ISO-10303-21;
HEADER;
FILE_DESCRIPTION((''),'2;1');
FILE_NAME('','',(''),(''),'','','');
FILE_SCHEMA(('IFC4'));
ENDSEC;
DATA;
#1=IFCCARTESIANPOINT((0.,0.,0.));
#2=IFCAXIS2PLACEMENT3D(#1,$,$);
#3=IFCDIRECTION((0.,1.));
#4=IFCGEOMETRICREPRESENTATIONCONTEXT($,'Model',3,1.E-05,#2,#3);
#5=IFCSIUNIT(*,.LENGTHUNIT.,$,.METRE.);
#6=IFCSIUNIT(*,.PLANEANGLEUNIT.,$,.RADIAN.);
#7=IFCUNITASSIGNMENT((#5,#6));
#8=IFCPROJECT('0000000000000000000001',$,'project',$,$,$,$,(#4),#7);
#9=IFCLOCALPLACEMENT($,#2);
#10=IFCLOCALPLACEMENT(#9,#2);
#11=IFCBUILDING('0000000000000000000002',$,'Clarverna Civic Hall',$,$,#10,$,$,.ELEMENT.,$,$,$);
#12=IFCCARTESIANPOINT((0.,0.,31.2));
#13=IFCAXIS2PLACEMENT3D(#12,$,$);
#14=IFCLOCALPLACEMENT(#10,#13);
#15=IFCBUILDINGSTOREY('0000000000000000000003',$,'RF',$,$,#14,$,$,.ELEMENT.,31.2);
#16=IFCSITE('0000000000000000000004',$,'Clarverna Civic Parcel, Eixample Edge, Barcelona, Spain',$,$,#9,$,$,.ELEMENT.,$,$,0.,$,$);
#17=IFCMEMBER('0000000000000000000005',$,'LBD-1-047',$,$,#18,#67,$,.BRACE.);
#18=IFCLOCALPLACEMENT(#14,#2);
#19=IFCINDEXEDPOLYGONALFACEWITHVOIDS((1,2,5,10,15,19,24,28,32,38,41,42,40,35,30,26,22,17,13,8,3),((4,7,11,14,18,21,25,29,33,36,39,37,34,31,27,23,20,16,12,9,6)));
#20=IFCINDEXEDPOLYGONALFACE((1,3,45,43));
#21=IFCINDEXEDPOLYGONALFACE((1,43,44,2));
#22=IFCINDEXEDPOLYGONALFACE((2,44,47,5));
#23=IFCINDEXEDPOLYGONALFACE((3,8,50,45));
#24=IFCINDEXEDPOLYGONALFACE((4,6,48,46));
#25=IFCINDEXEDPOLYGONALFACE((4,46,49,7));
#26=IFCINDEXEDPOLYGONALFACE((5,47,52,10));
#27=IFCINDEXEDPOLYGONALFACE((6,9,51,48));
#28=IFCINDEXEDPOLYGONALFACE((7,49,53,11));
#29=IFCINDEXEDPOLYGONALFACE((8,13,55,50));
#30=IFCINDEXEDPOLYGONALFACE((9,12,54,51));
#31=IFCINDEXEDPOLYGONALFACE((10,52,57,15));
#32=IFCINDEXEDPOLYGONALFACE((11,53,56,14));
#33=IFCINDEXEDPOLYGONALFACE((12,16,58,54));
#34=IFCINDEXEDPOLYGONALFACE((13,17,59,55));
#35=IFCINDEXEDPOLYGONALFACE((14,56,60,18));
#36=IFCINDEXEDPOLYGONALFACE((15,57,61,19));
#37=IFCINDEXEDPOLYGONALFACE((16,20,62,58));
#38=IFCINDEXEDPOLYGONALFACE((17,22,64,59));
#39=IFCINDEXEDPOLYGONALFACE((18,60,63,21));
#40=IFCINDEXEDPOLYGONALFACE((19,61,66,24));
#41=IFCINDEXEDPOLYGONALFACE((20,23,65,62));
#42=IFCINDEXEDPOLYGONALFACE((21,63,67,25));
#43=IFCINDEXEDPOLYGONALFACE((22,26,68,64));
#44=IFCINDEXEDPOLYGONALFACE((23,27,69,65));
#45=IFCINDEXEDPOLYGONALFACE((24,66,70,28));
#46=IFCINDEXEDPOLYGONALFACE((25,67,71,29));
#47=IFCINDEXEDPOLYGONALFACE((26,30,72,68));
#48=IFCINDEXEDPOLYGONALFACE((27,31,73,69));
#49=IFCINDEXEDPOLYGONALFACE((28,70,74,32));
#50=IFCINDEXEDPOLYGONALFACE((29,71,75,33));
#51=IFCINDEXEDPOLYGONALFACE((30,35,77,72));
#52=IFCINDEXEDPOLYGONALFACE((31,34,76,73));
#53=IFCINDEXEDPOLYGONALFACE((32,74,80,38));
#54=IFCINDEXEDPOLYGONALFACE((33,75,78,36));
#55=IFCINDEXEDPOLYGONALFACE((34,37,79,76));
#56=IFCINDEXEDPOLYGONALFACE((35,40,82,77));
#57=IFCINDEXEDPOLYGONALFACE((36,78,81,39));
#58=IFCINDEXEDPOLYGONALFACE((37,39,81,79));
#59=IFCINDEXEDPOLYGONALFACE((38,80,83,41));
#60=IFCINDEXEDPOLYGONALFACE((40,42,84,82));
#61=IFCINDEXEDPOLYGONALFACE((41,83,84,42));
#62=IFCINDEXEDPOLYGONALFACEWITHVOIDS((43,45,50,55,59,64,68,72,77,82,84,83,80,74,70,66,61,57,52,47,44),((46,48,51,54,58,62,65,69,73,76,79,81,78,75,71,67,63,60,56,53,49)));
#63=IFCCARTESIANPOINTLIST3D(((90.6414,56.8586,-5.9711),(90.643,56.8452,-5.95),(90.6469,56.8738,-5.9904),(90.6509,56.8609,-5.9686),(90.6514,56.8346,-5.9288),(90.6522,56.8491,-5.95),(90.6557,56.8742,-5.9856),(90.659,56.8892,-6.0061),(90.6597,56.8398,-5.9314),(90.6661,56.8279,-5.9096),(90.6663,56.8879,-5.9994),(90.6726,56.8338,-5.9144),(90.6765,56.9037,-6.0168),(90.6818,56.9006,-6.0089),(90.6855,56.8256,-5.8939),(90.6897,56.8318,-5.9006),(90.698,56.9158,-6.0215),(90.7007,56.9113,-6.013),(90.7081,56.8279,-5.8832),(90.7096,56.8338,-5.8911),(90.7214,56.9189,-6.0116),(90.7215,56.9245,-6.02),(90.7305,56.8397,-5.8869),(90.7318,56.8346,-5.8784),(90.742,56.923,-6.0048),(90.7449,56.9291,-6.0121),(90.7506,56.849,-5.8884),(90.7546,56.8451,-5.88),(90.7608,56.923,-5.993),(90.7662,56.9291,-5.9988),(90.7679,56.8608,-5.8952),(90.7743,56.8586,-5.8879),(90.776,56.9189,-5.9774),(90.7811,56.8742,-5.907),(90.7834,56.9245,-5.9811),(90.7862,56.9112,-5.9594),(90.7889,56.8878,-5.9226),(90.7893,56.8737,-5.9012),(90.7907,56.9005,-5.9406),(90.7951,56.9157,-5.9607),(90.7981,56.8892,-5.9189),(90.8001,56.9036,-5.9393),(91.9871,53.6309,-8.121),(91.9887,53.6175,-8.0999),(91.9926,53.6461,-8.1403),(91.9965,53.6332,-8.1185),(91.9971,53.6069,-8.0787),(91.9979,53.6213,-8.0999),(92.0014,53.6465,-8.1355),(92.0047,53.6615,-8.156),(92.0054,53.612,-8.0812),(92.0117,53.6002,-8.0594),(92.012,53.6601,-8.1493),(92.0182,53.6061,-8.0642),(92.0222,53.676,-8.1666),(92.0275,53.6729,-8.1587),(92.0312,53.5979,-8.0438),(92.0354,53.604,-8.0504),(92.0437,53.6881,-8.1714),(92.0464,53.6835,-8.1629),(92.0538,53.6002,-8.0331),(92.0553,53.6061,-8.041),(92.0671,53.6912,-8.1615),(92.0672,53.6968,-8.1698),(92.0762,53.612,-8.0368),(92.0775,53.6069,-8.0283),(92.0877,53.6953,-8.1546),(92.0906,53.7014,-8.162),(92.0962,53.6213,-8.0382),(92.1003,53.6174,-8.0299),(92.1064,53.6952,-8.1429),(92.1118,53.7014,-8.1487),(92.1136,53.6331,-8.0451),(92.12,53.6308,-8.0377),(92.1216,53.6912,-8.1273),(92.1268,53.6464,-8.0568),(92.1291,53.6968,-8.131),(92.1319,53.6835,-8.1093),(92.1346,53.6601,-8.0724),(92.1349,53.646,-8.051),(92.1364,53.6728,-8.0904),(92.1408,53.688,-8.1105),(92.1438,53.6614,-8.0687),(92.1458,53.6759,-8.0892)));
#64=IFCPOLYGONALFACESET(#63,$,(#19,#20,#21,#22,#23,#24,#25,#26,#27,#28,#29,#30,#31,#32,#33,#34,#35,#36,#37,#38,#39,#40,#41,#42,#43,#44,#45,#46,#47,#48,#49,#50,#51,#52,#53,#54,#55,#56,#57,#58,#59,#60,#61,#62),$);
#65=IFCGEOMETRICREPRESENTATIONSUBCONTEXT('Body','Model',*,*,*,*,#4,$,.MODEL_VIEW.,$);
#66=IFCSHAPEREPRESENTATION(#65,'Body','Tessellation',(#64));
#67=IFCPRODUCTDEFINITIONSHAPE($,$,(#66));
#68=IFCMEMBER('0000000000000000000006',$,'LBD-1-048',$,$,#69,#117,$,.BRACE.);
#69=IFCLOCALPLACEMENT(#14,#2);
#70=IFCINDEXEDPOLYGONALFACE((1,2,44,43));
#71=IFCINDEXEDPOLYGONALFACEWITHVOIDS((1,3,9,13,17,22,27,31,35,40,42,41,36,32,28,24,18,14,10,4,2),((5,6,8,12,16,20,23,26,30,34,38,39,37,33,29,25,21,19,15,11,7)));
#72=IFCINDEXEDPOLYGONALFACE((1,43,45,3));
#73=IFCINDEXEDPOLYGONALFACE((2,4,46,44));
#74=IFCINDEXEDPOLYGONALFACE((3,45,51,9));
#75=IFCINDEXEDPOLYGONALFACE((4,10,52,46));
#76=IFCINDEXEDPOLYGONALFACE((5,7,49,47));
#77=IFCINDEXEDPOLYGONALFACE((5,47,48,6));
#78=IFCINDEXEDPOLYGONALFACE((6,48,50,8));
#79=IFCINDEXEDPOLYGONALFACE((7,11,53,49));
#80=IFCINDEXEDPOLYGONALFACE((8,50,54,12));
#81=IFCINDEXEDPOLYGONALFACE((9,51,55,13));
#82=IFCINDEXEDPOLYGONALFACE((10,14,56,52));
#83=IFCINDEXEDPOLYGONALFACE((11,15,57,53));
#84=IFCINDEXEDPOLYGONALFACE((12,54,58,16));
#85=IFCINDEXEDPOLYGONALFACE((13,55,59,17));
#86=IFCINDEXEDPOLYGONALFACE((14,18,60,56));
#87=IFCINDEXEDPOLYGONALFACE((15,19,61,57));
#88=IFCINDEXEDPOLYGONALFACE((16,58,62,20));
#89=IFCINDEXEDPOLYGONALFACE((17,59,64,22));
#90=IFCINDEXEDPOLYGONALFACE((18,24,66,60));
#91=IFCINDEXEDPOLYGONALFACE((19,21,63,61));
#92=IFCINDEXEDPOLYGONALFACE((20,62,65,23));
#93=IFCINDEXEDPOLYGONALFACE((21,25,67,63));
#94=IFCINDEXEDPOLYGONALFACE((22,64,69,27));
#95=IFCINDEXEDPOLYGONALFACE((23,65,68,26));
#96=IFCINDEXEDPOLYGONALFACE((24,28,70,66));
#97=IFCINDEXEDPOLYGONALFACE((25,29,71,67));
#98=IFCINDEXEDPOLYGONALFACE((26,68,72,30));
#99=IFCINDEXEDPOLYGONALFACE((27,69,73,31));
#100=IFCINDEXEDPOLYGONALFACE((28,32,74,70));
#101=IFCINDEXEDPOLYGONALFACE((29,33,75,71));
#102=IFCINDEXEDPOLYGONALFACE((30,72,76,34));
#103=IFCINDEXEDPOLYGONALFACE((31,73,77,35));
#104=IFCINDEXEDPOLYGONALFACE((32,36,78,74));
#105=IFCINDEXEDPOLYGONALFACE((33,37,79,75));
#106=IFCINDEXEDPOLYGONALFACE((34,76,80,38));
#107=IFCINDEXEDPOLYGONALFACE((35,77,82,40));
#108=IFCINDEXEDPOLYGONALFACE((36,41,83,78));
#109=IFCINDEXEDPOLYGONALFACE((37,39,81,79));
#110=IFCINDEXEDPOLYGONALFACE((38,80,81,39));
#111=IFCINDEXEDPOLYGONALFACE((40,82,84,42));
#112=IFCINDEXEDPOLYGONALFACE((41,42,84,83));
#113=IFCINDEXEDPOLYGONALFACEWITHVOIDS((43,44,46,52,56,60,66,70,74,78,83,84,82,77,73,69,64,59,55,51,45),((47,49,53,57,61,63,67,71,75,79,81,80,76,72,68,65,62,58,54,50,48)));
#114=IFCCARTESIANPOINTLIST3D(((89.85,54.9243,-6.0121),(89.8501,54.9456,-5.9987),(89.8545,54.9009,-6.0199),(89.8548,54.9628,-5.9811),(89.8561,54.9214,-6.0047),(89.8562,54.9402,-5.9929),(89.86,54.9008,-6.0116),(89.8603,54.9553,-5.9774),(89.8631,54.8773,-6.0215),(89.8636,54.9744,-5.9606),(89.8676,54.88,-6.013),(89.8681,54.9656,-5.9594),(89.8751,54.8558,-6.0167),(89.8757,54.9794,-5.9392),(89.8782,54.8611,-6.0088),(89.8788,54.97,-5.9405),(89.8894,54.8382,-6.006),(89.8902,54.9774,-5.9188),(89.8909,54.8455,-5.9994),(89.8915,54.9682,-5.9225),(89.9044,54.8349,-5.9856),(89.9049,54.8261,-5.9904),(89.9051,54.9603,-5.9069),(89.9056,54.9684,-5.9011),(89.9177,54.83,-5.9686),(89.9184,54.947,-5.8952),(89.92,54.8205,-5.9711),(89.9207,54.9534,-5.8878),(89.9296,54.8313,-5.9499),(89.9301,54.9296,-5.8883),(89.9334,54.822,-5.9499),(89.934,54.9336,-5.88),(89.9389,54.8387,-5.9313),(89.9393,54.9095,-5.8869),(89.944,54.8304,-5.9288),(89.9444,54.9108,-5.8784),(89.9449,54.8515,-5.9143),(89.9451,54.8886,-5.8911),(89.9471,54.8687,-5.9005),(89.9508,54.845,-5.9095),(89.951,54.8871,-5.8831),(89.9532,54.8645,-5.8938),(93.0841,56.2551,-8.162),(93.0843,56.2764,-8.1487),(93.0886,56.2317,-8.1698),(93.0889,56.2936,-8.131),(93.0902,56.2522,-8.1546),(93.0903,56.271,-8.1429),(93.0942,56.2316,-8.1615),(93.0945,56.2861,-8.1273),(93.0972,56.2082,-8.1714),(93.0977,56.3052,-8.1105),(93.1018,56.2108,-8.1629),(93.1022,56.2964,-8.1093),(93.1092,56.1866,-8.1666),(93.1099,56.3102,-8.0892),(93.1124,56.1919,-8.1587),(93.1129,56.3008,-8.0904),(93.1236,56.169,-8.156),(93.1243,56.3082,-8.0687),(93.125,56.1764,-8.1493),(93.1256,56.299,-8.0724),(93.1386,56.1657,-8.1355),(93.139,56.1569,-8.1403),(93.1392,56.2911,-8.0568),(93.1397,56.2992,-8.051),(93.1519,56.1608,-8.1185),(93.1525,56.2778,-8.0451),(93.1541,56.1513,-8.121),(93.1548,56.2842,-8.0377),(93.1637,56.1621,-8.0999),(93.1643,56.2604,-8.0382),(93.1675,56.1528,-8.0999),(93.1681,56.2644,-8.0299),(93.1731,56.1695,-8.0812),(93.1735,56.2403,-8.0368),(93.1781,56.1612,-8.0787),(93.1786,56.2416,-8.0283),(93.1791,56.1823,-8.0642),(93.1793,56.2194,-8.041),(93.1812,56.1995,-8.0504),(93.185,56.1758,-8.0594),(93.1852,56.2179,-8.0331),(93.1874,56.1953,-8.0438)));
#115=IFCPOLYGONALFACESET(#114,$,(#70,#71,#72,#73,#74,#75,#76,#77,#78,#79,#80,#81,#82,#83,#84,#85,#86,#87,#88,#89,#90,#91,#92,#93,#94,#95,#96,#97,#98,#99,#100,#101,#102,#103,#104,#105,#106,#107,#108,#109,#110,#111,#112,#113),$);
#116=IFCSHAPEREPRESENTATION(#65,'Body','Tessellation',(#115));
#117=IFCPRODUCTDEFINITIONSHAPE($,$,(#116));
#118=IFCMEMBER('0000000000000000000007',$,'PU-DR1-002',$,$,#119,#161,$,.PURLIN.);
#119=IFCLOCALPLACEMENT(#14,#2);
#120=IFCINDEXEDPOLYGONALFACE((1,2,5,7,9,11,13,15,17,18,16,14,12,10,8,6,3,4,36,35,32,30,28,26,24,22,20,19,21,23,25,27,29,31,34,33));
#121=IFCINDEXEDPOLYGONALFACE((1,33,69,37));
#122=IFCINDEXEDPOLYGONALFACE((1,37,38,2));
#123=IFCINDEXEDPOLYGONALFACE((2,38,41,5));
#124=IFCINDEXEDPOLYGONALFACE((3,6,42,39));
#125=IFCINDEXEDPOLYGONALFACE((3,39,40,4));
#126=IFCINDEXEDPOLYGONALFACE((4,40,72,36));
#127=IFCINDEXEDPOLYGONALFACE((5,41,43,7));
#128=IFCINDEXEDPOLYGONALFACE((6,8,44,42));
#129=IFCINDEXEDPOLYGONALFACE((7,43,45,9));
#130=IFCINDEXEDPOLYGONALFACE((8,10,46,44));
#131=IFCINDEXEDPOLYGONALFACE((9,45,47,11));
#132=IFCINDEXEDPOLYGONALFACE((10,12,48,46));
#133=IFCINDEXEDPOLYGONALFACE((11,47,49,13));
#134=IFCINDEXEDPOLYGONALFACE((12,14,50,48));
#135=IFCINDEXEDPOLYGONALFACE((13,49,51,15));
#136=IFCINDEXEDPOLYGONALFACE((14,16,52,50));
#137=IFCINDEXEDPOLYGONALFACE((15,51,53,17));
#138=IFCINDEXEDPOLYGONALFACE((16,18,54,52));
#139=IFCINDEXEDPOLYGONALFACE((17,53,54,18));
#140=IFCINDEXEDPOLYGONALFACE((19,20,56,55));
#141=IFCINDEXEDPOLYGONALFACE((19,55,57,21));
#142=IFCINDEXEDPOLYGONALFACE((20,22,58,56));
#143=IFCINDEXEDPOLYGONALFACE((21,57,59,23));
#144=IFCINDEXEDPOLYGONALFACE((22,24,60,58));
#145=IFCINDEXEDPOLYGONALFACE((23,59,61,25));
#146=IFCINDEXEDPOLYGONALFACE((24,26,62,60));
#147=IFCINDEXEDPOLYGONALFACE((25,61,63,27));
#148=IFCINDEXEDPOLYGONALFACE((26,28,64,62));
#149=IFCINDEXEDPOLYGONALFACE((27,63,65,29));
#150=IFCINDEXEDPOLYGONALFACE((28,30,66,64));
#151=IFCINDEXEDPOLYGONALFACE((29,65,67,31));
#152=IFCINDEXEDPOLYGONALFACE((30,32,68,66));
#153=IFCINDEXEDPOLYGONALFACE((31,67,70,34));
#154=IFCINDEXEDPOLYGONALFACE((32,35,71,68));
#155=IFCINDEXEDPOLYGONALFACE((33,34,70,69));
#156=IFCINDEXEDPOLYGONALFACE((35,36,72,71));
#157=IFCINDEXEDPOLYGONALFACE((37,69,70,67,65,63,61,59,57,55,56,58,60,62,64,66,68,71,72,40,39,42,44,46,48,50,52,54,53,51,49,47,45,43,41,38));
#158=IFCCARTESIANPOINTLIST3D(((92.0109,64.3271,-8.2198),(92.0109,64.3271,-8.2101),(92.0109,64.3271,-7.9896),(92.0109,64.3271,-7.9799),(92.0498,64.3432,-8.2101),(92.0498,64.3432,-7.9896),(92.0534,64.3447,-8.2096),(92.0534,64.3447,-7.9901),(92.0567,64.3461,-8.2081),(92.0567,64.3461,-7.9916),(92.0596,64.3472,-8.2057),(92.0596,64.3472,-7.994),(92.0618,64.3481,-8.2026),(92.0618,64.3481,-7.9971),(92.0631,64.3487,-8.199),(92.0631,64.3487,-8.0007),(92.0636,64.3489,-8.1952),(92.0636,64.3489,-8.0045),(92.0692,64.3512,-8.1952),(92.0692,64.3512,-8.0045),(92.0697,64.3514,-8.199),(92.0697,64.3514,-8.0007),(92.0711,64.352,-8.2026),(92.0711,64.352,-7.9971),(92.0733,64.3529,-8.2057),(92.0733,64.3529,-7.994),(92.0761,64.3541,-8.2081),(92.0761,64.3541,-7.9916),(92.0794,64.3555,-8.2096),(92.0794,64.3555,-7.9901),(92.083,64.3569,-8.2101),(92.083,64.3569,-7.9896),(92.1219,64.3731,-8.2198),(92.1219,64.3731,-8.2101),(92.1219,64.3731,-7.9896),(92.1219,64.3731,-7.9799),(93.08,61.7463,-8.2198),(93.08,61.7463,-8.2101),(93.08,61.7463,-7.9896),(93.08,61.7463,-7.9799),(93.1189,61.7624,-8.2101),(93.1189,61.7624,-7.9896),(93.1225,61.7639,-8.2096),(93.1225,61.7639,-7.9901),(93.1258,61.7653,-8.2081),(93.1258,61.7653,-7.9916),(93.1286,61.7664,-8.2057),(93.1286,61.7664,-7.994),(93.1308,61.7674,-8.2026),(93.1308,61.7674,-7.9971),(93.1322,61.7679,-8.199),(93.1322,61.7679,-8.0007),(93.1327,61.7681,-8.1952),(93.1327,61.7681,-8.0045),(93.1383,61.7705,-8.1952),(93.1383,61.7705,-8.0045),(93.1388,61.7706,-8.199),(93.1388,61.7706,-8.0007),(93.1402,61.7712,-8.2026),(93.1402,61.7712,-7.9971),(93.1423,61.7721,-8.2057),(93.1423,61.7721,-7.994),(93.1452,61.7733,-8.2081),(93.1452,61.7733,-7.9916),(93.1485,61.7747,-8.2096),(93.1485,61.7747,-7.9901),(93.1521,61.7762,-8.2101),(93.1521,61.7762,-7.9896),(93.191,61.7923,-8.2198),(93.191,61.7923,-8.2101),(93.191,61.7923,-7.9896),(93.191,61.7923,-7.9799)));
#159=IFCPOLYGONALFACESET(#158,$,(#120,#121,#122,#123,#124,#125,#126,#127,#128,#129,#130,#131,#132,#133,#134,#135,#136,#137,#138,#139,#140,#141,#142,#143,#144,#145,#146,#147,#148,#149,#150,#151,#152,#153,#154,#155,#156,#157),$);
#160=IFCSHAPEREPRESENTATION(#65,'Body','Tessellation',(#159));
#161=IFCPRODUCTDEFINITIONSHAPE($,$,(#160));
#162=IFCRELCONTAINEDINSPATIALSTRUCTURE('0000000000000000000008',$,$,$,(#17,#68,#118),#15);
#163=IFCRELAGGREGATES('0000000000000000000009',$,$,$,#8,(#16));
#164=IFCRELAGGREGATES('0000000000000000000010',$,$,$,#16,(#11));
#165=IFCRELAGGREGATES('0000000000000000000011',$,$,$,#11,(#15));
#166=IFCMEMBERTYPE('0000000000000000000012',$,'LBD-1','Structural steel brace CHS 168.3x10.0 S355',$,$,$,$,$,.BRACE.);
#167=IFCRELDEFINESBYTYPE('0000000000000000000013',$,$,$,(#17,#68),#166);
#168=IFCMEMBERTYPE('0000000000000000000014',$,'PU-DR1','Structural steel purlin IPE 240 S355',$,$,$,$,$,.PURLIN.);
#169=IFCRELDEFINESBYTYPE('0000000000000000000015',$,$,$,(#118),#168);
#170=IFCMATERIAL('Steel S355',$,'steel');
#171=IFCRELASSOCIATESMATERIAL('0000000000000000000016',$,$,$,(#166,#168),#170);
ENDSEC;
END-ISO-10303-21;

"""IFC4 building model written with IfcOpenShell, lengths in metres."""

from ifc_helpers import new_model, si_unit, direction, frame, origin, origin_2d, place, context, subcontext, project, spatial, hollow_circle, i_section, extrude, material, material_profile, profile_set, type_object, element, save


model = new_model("IFC4")

# Units and contexts
model_context = context("Model", 3, precision=1e-05, world=origin(), true_north=direction((0.0, 1.0)))
body_context = subcontext(model_context, "Body", "Model", "MODEL_VIEW")
ifc_project = project(units=[si_unit("LENGTHUNIT", "METRE"), si_unit("PLANEANGLEUNIT", "RADIAN")], contexts=[model_context])

# Site, building, storey
site_placement = place(None, origin())
site = spatial("IfcSite", under=ifc_project, at=site_placement, Name="Clarverna Civic Parcel, Eixample Edge, Barcelona, Spain", CompositionType="ELEMENT", RefElevation=0.0)
building_placement = place(site_placement, origin())
building = spatial("IfcBuilding", under=site, at=building_placement, Name="Clarverna Civic Hall", CompositionType="ELEMENT")
storey_placement = place(building_placement, frame((0.0, 0.0, 31.2)))
storey = spatial("IfcBuildingStorey", under=building, at=storey_placement, Name="RF", CompositionType="ELEMENT", Elevation=31.2)

# Members
ifc_material_1 = material(Name="Steel S355", Category="steel")
ifc_material_profile_1 = material_profile(ifc_material_1, hollow_circle(Radius=0.0842, WallThickness=0.01, at=origin_2d()), Name="CHS 168.3x10.0")
ifc_profile_set_1 = profile_set([ifc_material_profile_1], Name="Steel S355")
member_type_1 = type_object("IfcMemberType", Name="LBD-1", Description="Structural steel brace CHS 168.3x10.0 S355", PredefinedType="BRACE", material=ifc_profile_set_1)
for number, where, z_axis, x_axis, name in (
    (1, (92.0664, 53.6499, -8.0999), (-0.327815, 0.786292, 0.523719), (-0.922996, -0.384809, 0.0), "LBD-1-047"),
):
    element("IfcMember", number, at=place(storey_placement, frame(where, z_axis=z_axis, x_axis=x_axis)), inside=storey, type_object=member_type_1, Name=name, PredefinedType="BRACE", context=body_context, shape_type="SweptSolid", body=[
        extrude(hollow_circle(Radius=0.0842, WallThickness=0.01, at=origin_2d()), origin(), (0.0, 0.0, 1.0), 4.105),
    ])
member_1_placement = place(storey_placement, frame((93.1355, 56.2307, -8.0999), z_axis=(-0.787812, -0.324176, 0.523701), x_axis=(0.380532, -0.924768, 0.0)))
element("IfcMember", 2, at=member_1_placement, inside=storey, type_object=member_type_1, Name="LBD-1-048", PredefinedType="BRACE", context=body_context, shape_type="SweptSolid", body=[
    extrude(hollow_circle(Radius=0.0842, WallThickness=0.01, at=origin_2d()), origin(), (0.0, 0.0, 1.0), 4.1052),
])
ifc_material_profile_2 = material_profile(ifc_material_1, i_section(OverallWidth=0.1201, OverallDepth=0.24, WebThickness=0.0061, FlangeThickness=0.0098, FilletRadius=0.0149, at=origin_2d()), Name="IPE 240")
ifc_profile_set_2 = profile_set([ifc_material_profile_2], Name="Steel S355")
member_type_2 = type_object("IfcMemberType", Name="PU-DR1", Description="Structural steel purlin IPE 240 S355", PredefinedType="PURLIN", material=ifc_profile_set_2)
member_2_placement = place(storey_placement, frame((93.1355, 61.7693, -8.0999), z_axis=(-0.382709, 0.923869, 0.0), x_axis=(-0.923869, -0.382709, 0.0)))
element("IfcMember", 3, at=member_2_placement, inside=storey, type_object=member_type_2, Name="PU-DR1-002", PredefinedType="PURLIN", context=body_context, shape_type="SweptSolid", body=[
    extrude(i_section(OverallWidth=0.1201, OverallDepth=0.24, WebThickness=0.0061, FlangeThickness=0.0098, FilletRadius=0.0149, at=origin_2d()), origin(), (0.0, 0.0, 1.0), 2.7935),
])

save(model, "model.ifc")
